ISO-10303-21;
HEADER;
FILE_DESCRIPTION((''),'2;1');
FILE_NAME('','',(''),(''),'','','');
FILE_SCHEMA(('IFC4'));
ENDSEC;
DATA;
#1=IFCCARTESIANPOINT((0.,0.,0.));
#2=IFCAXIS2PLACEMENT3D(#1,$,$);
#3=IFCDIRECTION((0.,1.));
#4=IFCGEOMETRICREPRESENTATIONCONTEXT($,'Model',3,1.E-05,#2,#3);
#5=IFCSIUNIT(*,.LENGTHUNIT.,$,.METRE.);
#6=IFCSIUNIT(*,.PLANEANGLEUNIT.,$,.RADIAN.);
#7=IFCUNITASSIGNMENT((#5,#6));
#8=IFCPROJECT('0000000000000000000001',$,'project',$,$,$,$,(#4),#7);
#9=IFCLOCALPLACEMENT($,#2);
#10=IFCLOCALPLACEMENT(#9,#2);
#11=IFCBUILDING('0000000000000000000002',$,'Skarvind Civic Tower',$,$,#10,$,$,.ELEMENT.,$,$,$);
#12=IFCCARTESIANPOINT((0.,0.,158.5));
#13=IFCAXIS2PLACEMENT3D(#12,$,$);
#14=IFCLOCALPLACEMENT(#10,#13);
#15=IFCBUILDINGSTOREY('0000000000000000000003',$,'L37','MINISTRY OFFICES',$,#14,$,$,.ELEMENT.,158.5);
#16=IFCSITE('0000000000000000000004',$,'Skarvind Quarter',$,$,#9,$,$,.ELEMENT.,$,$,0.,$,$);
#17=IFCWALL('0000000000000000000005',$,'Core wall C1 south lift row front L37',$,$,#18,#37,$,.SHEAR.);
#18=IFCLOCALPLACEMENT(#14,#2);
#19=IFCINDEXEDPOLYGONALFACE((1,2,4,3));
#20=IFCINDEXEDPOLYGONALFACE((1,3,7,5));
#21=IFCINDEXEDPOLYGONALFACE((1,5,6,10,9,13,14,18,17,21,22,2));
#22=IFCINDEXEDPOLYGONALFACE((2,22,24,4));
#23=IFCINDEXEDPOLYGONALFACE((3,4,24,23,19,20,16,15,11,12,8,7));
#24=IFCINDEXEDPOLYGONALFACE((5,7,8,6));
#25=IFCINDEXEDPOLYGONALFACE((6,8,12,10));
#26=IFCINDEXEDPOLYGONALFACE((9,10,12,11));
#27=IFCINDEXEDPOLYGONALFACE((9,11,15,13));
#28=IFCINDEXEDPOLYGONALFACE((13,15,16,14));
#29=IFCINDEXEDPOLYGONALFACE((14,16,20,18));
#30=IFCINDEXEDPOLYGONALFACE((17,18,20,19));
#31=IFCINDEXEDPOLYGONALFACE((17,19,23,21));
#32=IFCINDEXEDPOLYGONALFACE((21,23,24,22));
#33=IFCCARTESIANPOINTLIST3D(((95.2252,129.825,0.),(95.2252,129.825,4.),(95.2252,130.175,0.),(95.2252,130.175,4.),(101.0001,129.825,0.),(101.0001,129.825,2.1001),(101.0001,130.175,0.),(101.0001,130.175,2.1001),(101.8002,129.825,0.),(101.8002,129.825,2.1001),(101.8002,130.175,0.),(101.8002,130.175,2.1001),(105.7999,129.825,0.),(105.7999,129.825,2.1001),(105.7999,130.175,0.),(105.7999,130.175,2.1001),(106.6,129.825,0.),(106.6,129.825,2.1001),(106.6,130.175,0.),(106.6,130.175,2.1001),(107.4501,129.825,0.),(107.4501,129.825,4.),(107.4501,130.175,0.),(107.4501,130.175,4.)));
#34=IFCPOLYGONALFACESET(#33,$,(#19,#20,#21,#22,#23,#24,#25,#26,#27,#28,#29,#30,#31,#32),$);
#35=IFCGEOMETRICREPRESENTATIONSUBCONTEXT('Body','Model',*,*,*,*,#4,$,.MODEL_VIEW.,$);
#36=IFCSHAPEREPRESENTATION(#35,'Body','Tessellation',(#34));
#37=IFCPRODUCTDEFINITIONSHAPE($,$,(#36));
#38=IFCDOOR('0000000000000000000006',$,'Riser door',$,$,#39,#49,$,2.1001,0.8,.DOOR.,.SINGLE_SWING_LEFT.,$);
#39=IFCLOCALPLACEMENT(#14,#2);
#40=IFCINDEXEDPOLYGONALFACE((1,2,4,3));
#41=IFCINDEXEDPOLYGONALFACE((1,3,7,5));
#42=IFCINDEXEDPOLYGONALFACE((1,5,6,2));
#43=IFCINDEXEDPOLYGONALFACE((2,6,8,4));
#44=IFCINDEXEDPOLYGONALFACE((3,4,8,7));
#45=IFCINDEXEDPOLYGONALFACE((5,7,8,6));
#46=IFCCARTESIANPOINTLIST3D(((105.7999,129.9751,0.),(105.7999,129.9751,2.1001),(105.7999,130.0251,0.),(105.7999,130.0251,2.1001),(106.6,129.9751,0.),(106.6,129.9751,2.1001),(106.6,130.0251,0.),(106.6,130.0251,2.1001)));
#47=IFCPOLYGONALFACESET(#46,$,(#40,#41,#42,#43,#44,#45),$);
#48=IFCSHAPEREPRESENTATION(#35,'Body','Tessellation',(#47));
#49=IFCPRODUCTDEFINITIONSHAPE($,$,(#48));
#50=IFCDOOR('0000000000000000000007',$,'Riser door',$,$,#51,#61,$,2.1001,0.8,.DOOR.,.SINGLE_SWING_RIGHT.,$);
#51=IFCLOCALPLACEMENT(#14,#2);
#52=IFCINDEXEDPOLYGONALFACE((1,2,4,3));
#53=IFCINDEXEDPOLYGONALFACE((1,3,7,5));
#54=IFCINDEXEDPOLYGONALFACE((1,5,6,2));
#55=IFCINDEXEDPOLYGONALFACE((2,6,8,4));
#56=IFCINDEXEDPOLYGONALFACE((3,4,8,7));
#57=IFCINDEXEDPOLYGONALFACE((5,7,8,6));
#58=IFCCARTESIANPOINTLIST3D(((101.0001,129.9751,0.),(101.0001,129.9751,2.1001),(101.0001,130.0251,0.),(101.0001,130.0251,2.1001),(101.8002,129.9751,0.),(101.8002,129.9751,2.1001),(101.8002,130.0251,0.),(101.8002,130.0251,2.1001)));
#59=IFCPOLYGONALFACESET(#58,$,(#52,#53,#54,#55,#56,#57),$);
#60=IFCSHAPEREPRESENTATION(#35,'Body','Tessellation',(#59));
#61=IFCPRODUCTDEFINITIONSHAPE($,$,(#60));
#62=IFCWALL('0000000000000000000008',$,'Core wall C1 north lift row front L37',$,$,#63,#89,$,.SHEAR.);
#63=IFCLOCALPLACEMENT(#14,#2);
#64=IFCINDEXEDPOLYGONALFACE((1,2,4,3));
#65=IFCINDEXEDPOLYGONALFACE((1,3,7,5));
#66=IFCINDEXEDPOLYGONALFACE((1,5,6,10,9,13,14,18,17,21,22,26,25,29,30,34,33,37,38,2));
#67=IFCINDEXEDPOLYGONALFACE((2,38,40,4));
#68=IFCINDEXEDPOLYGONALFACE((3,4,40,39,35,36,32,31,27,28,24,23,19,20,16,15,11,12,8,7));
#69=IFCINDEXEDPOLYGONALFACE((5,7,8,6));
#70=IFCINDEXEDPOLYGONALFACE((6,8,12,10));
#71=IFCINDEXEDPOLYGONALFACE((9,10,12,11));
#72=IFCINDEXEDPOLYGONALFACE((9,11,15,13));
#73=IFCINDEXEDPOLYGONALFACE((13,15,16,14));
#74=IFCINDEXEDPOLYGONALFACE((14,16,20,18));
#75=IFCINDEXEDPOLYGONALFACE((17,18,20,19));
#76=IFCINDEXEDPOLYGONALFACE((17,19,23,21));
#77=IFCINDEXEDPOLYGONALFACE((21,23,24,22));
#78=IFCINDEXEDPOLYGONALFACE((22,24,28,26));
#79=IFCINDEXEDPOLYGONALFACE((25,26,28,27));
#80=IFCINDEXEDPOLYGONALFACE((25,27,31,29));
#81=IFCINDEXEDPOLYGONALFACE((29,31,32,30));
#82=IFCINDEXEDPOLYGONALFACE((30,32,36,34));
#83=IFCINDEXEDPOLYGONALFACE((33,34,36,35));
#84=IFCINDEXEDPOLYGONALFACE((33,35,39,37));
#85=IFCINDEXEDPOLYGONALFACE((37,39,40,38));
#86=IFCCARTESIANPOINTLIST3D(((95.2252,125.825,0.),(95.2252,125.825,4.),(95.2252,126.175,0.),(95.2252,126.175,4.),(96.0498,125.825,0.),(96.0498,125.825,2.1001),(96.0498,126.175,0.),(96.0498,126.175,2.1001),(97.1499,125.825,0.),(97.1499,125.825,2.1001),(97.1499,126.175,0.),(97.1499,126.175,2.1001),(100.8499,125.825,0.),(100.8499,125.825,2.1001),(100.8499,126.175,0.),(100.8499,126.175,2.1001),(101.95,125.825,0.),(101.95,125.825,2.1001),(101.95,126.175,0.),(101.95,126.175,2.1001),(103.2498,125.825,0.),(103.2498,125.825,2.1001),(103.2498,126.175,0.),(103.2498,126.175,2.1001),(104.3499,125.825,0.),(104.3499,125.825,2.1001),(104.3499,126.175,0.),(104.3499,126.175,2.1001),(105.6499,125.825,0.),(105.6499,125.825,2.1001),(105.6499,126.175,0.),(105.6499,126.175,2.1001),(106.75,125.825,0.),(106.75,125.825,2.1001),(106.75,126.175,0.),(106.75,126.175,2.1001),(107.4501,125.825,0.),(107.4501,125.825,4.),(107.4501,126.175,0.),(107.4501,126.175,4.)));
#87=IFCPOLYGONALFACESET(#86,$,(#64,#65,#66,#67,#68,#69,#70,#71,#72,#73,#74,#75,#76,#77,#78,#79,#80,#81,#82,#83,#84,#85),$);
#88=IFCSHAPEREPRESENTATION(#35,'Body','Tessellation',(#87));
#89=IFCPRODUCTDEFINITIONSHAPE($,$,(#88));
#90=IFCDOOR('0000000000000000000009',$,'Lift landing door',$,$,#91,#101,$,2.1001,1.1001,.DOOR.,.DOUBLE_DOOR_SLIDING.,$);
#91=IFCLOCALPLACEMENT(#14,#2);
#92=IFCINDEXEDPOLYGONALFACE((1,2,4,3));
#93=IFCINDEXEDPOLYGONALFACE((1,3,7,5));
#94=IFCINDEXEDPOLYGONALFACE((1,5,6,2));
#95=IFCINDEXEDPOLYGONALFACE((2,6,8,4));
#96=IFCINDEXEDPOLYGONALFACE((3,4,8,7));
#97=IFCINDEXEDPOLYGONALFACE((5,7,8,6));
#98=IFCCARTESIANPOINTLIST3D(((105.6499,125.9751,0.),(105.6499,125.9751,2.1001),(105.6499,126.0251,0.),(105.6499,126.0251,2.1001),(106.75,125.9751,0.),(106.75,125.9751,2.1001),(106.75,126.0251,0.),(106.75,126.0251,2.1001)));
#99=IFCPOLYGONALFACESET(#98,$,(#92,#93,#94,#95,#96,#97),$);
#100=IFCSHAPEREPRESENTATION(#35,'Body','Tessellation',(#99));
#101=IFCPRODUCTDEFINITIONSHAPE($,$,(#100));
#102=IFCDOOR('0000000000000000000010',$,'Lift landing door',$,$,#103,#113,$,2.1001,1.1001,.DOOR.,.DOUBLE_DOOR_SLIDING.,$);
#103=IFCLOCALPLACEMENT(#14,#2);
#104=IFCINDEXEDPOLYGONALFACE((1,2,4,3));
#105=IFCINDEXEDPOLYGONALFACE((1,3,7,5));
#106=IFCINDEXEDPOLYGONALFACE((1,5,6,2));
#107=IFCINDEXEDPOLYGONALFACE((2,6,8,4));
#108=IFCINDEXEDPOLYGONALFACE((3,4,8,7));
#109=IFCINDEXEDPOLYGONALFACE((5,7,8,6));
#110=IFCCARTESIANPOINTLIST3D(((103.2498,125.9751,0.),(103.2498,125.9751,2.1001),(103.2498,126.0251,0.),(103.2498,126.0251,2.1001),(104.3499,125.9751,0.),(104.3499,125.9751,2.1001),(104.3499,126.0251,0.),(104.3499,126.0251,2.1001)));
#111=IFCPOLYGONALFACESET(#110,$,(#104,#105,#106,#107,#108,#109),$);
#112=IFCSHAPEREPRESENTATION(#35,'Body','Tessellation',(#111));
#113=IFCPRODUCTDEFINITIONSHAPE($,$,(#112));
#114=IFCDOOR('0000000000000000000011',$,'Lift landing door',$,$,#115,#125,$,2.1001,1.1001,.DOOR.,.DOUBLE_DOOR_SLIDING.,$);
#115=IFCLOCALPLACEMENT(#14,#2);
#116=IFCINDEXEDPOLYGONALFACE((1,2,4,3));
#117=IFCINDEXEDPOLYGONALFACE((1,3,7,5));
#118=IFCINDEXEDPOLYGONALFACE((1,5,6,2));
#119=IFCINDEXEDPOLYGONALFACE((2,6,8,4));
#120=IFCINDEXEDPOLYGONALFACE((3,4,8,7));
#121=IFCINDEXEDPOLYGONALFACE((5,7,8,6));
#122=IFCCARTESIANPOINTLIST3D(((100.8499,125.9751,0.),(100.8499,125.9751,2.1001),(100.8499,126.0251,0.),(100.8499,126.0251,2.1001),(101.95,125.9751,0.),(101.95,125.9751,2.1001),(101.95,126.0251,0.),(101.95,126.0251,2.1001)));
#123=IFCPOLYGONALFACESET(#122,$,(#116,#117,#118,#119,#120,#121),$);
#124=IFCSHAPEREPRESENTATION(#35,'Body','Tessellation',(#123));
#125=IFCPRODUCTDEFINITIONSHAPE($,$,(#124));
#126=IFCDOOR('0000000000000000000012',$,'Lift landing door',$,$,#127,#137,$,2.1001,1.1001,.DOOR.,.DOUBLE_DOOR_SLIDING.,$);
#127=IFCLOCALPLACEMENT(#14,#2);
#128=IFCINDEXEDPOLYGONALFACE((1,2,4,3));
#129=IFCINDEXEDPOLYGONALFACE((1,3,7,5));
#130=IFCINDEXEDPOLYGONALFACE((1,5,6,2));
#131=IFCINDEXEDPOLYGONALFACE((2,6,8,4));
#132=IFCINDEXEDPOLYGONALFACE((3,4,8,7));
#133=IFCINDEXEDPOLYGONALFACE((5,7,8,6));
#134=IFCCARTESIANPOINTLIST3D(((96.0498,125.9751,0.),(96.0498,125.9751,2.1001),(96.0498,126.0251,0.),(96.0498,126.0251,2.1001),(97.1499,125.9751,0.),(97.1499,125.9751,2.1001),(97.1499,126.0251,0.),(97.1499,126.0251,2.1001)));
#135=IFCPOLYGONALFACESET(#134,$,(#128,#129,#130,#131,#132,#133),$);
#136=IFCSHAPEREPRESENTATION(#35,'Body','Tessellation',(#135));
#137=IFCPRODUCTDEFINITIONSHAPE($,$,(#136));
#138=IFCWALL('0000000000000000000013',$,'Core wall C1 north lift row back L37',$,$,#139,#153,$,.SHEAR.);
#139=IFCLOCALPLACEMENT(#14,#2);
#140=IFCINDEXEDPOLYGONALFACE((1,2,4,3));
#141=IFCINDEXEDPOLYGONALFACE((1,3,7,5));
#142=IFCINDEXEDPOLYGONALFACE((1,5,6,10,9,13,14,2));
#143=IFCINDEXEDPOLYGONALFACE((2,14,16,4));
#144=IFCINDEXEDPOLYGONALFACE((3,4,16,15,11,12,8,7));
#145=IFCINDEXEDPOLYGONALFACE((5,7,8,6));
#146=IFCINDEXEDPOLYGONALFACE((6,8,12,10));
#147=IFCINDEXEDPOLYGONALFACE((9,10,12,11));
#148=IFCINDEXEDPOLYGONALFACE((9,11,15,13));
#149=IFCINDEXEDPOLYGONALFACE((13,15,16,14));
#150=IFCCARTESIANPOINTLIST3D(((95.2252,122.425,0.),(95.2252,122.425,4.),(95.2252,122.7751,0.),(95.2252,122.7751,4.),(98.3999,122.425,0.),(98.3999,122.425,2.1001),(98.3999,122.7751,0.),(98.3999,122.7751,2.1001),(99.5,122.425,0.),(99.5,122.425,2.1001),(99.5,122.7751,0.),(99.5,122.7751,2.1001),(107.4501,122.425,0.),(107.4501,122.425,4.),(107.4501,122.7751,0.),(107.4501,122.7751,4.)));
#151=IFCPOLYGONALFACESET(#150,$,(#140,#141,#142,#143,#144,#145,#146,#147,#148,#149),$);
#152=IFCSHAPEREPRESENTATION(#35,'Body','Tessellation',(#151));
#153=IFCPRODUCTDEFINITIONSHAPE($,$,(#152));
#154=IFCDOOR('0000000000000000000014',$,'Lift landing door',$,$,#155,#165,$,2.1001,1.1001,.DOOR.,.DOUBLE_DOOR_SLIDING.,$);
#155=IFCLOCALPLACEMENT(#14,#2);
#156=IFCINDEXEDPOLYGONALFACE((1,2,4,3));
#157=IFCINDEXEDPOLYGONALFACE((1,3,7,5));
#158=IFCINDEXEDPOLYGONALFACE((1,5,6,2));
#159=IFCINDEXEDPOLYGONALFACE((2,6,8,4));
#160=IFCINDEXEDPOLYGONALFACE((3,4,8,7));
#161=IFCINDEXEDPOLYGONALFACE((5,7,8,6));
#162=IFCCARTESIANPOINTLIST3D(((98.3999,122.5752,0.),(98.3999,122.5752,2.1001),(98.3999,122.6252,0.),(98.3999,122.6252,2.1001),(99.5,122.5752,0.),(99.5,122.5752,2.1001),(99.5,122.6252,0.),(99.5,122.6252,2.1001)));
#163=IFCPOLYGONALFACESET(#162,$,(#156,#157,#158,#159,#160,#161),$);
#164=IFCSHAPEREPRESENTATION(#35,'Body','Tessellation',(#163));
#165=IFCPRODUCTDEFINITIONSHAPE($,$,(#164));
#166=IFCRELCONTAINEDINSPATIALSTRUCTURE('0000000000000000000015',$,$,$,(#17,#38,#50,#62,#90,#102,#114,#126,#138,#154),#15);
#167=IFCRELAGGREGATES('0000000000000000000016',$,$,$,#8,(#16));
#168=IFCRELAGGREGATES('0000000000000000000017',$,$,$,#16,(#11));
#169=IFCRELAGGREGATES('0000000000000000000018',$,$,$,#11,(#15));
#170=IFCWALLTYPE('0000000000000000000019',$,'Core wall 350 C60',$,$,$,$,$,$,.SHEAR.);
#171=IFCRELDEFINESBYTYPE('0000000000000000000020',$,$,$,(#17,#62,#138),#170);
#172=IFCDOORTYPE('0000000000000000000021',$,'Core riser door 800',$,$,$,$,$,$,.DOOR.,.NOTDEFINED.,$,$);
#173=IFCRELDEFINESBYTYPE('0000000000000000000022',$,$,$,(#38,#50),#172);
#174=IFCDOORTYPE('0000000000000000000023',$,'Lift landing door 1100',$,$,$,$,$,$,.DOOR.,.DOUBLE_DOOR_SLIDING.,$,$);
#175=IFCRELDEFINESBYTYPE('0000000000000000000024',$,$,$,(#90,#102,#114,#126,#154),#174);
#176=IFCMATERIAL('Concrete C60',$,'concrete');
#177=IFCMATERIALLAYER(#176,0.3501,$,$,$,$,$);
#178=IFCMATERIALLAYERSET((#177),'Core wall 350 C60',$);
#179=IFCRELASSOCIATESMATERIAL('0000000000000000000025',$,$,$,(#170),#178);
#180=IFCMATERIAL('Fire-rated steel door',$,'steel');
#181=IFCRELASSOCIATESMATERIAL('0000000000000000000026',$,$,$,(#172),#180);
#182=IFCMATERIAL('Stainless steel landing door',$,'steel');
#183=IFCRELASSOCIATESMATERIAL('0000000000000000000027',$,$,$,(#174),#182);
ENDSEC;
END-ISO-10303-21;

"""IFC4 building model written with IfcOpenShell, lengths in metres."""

from ifc_helpers import new_model, si_unit, direction, frame, frame_2d, origin, place, context, subcontext, project, spatial, rectangle, extrude, material, layer, layer_set, type_object, element, fill, save


model = new_model("IFC4")

# Units and contexts
model_context = context("Model", 3, precision=1e-05, world=origin(), true_north=direction((0.0, 1.0)))
body_context = subcontext(model_context, "Body", "Model", "MODEL_VIEW")
ifc_project = project(units=[si_unit("LENGTHUNIT", "METRE"), si_unit("PLANEANGLEUNIT", "RADIAN")], contexts=[model_context])

# Site, building, storey
site_placement = place(None, origin())
site = spatial("IfcSite", under=ifc_project, at=site_placement, Name="Skarvind Quarter", CompositionType="ELEMENT", RefElevation=0.0)
building_placement = place(site_placement, origin())
building = spatial("IfcBuilding", under=site, at=building_placement, Name="Skarvind Civic Tower", CompositionType="ELEMENT")
storey_placement = place(building_placement, frame((0.0, 0.0, 158.5)))
storey = spatial("IfcBuildingStorey", under=building, at=storey_placement, Name="L37", Description="MINISTRY OFFICES", CompositionType="ELEMENT", Elevation=158.5)

# Walls, openings, doors
ifc_material_1 = material(Name="Concrete C60", Category="concrete")
ifc_layer_1 = layer(ifc_material_1, 0.3501)
ifc_layer_set_1 = layer_set([ifc_layer_1], Name="Core wall 350 C60")
wall_type_1 = type_object("IfcWallType", Name="Core wall 350 C60", PredefinedType="SHEAR", material=ifc_layer_set_1)
wall_1_placement = place(storey_placement, frame((107.45, 130.0, 0.0), z_axis=(0.0, 0.0, 1.0), x_axis=(-1.0, 0.0, 0.0)))
wall_1 = element("IfcWall", 1, at=wall_1_placement, inside=storey, type_object=wall_type_1, Name="Core wall C1 south lift row front L37", PredefinedType="SHEAR", context=body_context, shape_type="SweptSolid", body=[
    extrude(rectangle(XDim=12.2249, YDim=0.3501, at=frame_2d((6.1123, 0.0))), origin(), (0.0, 0.0, 1.0), 4.0),
])
opening_1_placement = place(wall_1_placement, frame((0.8501, 0.0, 0.0)))
opening_1 = element("IfcOpeningElement", 2, at=opening_1_placement, cuts=wall_1, PredefinedType="OPENING", context=body_context, shape_type="SweptSolid", body=[
    extrude(rectangle(XDim=0.8, YDim=2.1001, at=frame_2d((0.3999, 1.05))), frame((0.0, 0.1851, 0.0), z_axis=(0.0, -1.0, 0.0), x_axis=(1.0, 0.0, 0.0)), (0.0, 0.0, 1.0), 0.3701),
])
opening_2_placement = place(wall_1_placement, frame((5.6499, 0.0, 0.0)))
opening_2 = element("IfcOpeningElement", 3, at=opening_2_placement, cuts=wall_1, PredefinedType="OPENING", context=body_context, shape_type="SweptSolid", body=[
    extrude(rectangle(XDim=0.8, YDim=2.1001, at=frame_2d((0.3999, 1.05))), frame((0.0, 0.1851, 0.0), z_axis=(0.0, -1.0, 0.0), x_axis=(1.0, 0.0, 0.0)), (0.0, 0.0, 1.0), 0.3701),
])
ifc_material_2 = material(Name="Fire-rated steel door", Category="steel")
door_type_1 = type_object("IfcDoorType", Name="Core riser door 800", OperationType="NOTDEFINED", PredefinedType="DOOR", material=ifc_material_2)
door_1_placement = place(opening_1_placement, origin())
door_1 = element("IfcDoor", 4, at=door_1_placement, inside=storey, type_object=door_type_1, Name="Riser door", OperationType="SINGLE_SWING_LEFT", OverallHeight=2.1001, OverallWidth=0.8, PredefinedType="DOOR", context=body_context, shape_type="SweptSolid", body=[
    extrude(rectangle(XDim=0.8, YDim=2.1001, at=frame_2d((0.3999, 1.05))), frame((0.0, 0.0249, 0.0), z_axis=(0.0, -1.0, 0.0), x_axis=(1.0, 0.0, 0.0)), (0.0, 0.0, 1.0), 0.05),
])
fill(opening_1, door_1)
door_2_placement = place(opening_2_placement, origin())
door_2 = element("IfcDoor", 5, at=door_2_placement, inside=storey, type_object=door_type_1, Name="Riser door", OperationType="SINGLE_SWING_RIGHT", OverallHeight=2.1001, OverallWidth=0.8, PredefinedType="DOOR", context=body_context, shape_type="SweptSolid", body=[
    extrude(rectangle(XDim=0.8, YDim=2.1001, at=frame_2d((0.3999, 1.05))), frame((0.0, 0.0249, 0.0), z_axis=(0.0, -1.0, 0.0), x_axis=(1.0, 0.0, 0.0)), (0.0, 0.0, 1.0), 0.05),
])
fill(opening_2, door_2)
wall_2_placement = place(storey_placement, frame((107.45, 126.0, 0.0), z_axis=(0.0, 0.0, 1.0), x_axis=(-1.0, 0.0, 0.0)))
wall_2 = element("IfcWall", 6, at=wall_2_placement, inside=storey, type_object=wall_type_1, Name="Core wall C1 north lift row front L37", PredefinedType="SHEAR", context=body_context, shape_type="SweptSolid", body=[
    extrude(rectangle(XDim=12.2249, YDim=0.3501, at=frame_2d((6.1123, 0.0))), origin(), (0.0, 0.0, 1.0), 4.0),
])
opening_3_placement = place(wall_2_placement, frame((0.7, 0.0, 0.0)))
opening_3 = element("IfcOpeningElement", 7, at=opening_3_placement, cuts=wall_2, PredefinedType="OPENING", context=body_context, shape_type="SweptSolid", body=[
    extrude(rectangle(XDim=1.1001, YDim=2.1001, at=frame_2d((0.55, 1.05))), frame((0.0, 0.1851, 0.0), z_axis=(0.0, -1.0, 0.0), x_axis=(1.0, 0.0, 0.0)), (0.0, 0.0, 1.0), 0.3701),
])
opening_4_placement = place(wall_2_placement, frame((3.1001, 0.0, 0.0)))
opening_4 = element("IfcOpeningElement", 8, at=opening_4_placement, cuts=wall_2, PredefinedType="OPENING", context=body_context, shape_type="SweptSolid", body=[
    extrude(rectangle(XDim=1.1001, YDim=2.1001, at=frame_2d((0.55, 1.05))), frame((0.0, 0.1851, 0.0), z_axis=(0.0, -1.0, 0.0), x_axis=(1.0, 0.0, 0.0)), (0.0, 0.0, 1.0), 0.3701),
])
opening_5_placement = place(wall_2_placement, frame((5.5, 0.0, 0.0)))
opening_5 = element("IfcOpeningElement", 9, at=opening_5_placement, cuts=wall_2, PredefinedType="OPENING", context=body_context, shape_type="SweptSolid", body=[
    extrude(rectangle(XDim=1.1001, YDim=2.1001, at=frame_2d((0.55, 1.05))), frame((0.0, 0.1851, 0.0), z_axis=(0.0, -1.0, 0.0), x_axis=(1.0, 0.0, 0.0)), (0.0, 0.0, 1.0), 0.3701),
])
opening_6_placement = place(wall_2_placement, frame((10.3, 0.0, 0.0)))
opening_6 = element("IfcOpeningElement", 10, at=opening_6_placement, cuts=wall_2, PredefinedType="OPENING", context=body_context, shape_type="SweptSolid", body=[
    extrude(rectangle(XDim=1.1001, YDim=2.1001, at=frame_2d((0.55, 1.05))), frame((0.0, 0.1851, 0.0), z_axis=(0.0, -1.0, 0.0), x_axis=(1.0, 0.0, 0.0)), (0.0, 0.0, 1.0), 0.3701),
])
ifc_material_3 = material(Name="Stainless steel landing door", Category="steel")
door_type_2 = type_object("IfcDoorType", Name="Lift landing door 1100", OperationType="DOUBLE_DOOR_SLIDING", PredefinedType="DOOR", material=ifc_material_3)
door_3_placement = place(opening_3_placement, origin())
door_3 = element("IfcDoor", 11, at=door_3_placement, inside=storey, type_object=door_type_2, Name="Lift landing door", OperationType="DOUBLE_DOOR_SLIDING", OverallHeight=2.1001, OverallWidth=1.1001, PredefinedType="DOOR", context=body_context, shape_type="SweptSolid", body=[
    extrude(rectangle(XDim=1.1001, YDim=2.1001, at=frame_2d((0.55, 1.05))), frame((0.0, 0.0249, 0.0), z_axis=(0.0, -1.0, 0.0), x_axis=(1.0, 0.0, 0.0)), (0.0, 0.0, 1.0), 0.05),
])
fill(opening_3, door_3)
door_4_placement = place(opening_4_placement, origin())
door_4 = element("IfcDoor", 12, at=door_4_placement, inside=storey, type_object=door_type_2, Name="Lift landing door", OperationType="DOUBLE_DOOR_SLIDING", OverallHeight=2.1001, OverallWidth=1.1001, PredefinedType="DOOR", context=body_context, shape_type="SweptSolid", body=[
    extrude(rectangle(XDim=1.1001, YDim=2.1001, at=frame_2d((0.55, 1.05))), frame((0.0, 0.0249, 0.0), z_axis=(0.0, -1.0, 0.0), x_axis=(1.0, 0.0, 0.0)), (0.0, 0.0, 1.0), 0.05),
])
fill(opening_4, door_4)
door_5_placement = place(opening_5_placement, origin())
door_5 = element("IfcDoor", 13, at=door_5_placement, inside=storey, type_object=door_type_2, Name="Lift landing door", OperationType="DOUBLE_DOOR_SLIDING", OverallHeight=2.1001, OverallWidth=1.1001, PredefinedType="DOOR", context=body_context, shape_type="SweptSolid", body=[
    extrude(rectangle(XDim=1.1001, YDim=2.1001, at=frame_2d((0.55, 1.05))), frame((0.0, 0.0249, 0.0), z_axis=(0.0, -1.0, 0.0), x_axis=(1.0, 0.0, 0.0)), (0.0, 0.0, 1.0), 0.05),
])
fill(opening_5, door_5)
door_6_placement = place(opening_6_placement, origin())
door_6 = element("IfcDoor", 14, at=door_6_placement, inside=storey, type_object=door_type_2, Name="Lift landing door", OperationType="DOUBLE_DOOR_SLIDING", OverallHeight=2.1001, OverallWidth=1.1001, PredefinedType="DOOR", context=body_context, shape_type="SweptSolid", body=[
    extrude(rectangle(XDim=1.1001, YDim=2.1001, at=frame_2d((0.55, 1.05))), frame((0.0, 0.0249, 0.0), z_axis=(0.0, -1.0, 0.0), x_axis=(1.0, 0.0, 0.0)), (0.0, 0.0, 1.0), 0.05),
])
fill(opening_6, door_6)

# Wall, opening, door
wall_3_placement = place(storey_placement, frame((107.45, 122.6001, 0.0), z_axis=(0.0, 0.0, 1.0), x_axis=(-1.0, 0.0, 0.0)))
wall_3 = element("IfcWall", 15, at=wall_3_placement, inside=storey, type_object=wall_type_1, Name="Core wall C1 north lift row back L37", PredefinedType="SHEAR", context=body_context, shape_type="SweptSolid", body=[
    extrude(rectangle(XDim=12.2249, YDim=0.3501, at=frame_2d((6.1123, 0.0))), origin(), (0.0, 0.0, 1.0), 4.0),
])
opening_7_placement = place(wall_3_placement, frame((7.95, 0.0, 0.0)))
opening_7 = element("IfcOpeningElement", 16, at=opening_7_placement, cuts=wall_3, PredefinedType="OPENING", context=body_context, shape_type="SweptSolid", body=[
    extrude(rectangle(XDim=1.1001, YDim=2.1001, at=frame_2d((0.55, 1.05))), frame((0.0, 0.1851, 0.0), z_axis=(0.0, -1.0, 0.0), x_axis=(1.0, 0.0, 0.0)), (0.0, 0.0, 1.0), 0.3701),
])
door_7_placement = place(opening_7_placement, origin())
door_7 = element("IfcDoor", 17, at=door_7_placement, inside=storey, type_object=door_type_2, Name="Lift landing door", OperationType="DOUBLE_DOOR_SLIDING", OverallHeight=2.1001, OverallWidth=1.1001, PredefinedType="DOOR", context=body_context, shape_type="SweptSolid", body=[
    extrude(rectangle(XDim=1.1001, YDim=2.1001, at=frame_2d((0.55, 1.05))), frame((0.0, 0.0249, 0.0), z_axis=(0.0, -1.0, 0.0), x_axis=(1.0, 0.0, 0.0)), (0.0, 0.0, 1.0), 0.05),
])
fill(opening_7, door_7)

save(model, "model.ifc")
